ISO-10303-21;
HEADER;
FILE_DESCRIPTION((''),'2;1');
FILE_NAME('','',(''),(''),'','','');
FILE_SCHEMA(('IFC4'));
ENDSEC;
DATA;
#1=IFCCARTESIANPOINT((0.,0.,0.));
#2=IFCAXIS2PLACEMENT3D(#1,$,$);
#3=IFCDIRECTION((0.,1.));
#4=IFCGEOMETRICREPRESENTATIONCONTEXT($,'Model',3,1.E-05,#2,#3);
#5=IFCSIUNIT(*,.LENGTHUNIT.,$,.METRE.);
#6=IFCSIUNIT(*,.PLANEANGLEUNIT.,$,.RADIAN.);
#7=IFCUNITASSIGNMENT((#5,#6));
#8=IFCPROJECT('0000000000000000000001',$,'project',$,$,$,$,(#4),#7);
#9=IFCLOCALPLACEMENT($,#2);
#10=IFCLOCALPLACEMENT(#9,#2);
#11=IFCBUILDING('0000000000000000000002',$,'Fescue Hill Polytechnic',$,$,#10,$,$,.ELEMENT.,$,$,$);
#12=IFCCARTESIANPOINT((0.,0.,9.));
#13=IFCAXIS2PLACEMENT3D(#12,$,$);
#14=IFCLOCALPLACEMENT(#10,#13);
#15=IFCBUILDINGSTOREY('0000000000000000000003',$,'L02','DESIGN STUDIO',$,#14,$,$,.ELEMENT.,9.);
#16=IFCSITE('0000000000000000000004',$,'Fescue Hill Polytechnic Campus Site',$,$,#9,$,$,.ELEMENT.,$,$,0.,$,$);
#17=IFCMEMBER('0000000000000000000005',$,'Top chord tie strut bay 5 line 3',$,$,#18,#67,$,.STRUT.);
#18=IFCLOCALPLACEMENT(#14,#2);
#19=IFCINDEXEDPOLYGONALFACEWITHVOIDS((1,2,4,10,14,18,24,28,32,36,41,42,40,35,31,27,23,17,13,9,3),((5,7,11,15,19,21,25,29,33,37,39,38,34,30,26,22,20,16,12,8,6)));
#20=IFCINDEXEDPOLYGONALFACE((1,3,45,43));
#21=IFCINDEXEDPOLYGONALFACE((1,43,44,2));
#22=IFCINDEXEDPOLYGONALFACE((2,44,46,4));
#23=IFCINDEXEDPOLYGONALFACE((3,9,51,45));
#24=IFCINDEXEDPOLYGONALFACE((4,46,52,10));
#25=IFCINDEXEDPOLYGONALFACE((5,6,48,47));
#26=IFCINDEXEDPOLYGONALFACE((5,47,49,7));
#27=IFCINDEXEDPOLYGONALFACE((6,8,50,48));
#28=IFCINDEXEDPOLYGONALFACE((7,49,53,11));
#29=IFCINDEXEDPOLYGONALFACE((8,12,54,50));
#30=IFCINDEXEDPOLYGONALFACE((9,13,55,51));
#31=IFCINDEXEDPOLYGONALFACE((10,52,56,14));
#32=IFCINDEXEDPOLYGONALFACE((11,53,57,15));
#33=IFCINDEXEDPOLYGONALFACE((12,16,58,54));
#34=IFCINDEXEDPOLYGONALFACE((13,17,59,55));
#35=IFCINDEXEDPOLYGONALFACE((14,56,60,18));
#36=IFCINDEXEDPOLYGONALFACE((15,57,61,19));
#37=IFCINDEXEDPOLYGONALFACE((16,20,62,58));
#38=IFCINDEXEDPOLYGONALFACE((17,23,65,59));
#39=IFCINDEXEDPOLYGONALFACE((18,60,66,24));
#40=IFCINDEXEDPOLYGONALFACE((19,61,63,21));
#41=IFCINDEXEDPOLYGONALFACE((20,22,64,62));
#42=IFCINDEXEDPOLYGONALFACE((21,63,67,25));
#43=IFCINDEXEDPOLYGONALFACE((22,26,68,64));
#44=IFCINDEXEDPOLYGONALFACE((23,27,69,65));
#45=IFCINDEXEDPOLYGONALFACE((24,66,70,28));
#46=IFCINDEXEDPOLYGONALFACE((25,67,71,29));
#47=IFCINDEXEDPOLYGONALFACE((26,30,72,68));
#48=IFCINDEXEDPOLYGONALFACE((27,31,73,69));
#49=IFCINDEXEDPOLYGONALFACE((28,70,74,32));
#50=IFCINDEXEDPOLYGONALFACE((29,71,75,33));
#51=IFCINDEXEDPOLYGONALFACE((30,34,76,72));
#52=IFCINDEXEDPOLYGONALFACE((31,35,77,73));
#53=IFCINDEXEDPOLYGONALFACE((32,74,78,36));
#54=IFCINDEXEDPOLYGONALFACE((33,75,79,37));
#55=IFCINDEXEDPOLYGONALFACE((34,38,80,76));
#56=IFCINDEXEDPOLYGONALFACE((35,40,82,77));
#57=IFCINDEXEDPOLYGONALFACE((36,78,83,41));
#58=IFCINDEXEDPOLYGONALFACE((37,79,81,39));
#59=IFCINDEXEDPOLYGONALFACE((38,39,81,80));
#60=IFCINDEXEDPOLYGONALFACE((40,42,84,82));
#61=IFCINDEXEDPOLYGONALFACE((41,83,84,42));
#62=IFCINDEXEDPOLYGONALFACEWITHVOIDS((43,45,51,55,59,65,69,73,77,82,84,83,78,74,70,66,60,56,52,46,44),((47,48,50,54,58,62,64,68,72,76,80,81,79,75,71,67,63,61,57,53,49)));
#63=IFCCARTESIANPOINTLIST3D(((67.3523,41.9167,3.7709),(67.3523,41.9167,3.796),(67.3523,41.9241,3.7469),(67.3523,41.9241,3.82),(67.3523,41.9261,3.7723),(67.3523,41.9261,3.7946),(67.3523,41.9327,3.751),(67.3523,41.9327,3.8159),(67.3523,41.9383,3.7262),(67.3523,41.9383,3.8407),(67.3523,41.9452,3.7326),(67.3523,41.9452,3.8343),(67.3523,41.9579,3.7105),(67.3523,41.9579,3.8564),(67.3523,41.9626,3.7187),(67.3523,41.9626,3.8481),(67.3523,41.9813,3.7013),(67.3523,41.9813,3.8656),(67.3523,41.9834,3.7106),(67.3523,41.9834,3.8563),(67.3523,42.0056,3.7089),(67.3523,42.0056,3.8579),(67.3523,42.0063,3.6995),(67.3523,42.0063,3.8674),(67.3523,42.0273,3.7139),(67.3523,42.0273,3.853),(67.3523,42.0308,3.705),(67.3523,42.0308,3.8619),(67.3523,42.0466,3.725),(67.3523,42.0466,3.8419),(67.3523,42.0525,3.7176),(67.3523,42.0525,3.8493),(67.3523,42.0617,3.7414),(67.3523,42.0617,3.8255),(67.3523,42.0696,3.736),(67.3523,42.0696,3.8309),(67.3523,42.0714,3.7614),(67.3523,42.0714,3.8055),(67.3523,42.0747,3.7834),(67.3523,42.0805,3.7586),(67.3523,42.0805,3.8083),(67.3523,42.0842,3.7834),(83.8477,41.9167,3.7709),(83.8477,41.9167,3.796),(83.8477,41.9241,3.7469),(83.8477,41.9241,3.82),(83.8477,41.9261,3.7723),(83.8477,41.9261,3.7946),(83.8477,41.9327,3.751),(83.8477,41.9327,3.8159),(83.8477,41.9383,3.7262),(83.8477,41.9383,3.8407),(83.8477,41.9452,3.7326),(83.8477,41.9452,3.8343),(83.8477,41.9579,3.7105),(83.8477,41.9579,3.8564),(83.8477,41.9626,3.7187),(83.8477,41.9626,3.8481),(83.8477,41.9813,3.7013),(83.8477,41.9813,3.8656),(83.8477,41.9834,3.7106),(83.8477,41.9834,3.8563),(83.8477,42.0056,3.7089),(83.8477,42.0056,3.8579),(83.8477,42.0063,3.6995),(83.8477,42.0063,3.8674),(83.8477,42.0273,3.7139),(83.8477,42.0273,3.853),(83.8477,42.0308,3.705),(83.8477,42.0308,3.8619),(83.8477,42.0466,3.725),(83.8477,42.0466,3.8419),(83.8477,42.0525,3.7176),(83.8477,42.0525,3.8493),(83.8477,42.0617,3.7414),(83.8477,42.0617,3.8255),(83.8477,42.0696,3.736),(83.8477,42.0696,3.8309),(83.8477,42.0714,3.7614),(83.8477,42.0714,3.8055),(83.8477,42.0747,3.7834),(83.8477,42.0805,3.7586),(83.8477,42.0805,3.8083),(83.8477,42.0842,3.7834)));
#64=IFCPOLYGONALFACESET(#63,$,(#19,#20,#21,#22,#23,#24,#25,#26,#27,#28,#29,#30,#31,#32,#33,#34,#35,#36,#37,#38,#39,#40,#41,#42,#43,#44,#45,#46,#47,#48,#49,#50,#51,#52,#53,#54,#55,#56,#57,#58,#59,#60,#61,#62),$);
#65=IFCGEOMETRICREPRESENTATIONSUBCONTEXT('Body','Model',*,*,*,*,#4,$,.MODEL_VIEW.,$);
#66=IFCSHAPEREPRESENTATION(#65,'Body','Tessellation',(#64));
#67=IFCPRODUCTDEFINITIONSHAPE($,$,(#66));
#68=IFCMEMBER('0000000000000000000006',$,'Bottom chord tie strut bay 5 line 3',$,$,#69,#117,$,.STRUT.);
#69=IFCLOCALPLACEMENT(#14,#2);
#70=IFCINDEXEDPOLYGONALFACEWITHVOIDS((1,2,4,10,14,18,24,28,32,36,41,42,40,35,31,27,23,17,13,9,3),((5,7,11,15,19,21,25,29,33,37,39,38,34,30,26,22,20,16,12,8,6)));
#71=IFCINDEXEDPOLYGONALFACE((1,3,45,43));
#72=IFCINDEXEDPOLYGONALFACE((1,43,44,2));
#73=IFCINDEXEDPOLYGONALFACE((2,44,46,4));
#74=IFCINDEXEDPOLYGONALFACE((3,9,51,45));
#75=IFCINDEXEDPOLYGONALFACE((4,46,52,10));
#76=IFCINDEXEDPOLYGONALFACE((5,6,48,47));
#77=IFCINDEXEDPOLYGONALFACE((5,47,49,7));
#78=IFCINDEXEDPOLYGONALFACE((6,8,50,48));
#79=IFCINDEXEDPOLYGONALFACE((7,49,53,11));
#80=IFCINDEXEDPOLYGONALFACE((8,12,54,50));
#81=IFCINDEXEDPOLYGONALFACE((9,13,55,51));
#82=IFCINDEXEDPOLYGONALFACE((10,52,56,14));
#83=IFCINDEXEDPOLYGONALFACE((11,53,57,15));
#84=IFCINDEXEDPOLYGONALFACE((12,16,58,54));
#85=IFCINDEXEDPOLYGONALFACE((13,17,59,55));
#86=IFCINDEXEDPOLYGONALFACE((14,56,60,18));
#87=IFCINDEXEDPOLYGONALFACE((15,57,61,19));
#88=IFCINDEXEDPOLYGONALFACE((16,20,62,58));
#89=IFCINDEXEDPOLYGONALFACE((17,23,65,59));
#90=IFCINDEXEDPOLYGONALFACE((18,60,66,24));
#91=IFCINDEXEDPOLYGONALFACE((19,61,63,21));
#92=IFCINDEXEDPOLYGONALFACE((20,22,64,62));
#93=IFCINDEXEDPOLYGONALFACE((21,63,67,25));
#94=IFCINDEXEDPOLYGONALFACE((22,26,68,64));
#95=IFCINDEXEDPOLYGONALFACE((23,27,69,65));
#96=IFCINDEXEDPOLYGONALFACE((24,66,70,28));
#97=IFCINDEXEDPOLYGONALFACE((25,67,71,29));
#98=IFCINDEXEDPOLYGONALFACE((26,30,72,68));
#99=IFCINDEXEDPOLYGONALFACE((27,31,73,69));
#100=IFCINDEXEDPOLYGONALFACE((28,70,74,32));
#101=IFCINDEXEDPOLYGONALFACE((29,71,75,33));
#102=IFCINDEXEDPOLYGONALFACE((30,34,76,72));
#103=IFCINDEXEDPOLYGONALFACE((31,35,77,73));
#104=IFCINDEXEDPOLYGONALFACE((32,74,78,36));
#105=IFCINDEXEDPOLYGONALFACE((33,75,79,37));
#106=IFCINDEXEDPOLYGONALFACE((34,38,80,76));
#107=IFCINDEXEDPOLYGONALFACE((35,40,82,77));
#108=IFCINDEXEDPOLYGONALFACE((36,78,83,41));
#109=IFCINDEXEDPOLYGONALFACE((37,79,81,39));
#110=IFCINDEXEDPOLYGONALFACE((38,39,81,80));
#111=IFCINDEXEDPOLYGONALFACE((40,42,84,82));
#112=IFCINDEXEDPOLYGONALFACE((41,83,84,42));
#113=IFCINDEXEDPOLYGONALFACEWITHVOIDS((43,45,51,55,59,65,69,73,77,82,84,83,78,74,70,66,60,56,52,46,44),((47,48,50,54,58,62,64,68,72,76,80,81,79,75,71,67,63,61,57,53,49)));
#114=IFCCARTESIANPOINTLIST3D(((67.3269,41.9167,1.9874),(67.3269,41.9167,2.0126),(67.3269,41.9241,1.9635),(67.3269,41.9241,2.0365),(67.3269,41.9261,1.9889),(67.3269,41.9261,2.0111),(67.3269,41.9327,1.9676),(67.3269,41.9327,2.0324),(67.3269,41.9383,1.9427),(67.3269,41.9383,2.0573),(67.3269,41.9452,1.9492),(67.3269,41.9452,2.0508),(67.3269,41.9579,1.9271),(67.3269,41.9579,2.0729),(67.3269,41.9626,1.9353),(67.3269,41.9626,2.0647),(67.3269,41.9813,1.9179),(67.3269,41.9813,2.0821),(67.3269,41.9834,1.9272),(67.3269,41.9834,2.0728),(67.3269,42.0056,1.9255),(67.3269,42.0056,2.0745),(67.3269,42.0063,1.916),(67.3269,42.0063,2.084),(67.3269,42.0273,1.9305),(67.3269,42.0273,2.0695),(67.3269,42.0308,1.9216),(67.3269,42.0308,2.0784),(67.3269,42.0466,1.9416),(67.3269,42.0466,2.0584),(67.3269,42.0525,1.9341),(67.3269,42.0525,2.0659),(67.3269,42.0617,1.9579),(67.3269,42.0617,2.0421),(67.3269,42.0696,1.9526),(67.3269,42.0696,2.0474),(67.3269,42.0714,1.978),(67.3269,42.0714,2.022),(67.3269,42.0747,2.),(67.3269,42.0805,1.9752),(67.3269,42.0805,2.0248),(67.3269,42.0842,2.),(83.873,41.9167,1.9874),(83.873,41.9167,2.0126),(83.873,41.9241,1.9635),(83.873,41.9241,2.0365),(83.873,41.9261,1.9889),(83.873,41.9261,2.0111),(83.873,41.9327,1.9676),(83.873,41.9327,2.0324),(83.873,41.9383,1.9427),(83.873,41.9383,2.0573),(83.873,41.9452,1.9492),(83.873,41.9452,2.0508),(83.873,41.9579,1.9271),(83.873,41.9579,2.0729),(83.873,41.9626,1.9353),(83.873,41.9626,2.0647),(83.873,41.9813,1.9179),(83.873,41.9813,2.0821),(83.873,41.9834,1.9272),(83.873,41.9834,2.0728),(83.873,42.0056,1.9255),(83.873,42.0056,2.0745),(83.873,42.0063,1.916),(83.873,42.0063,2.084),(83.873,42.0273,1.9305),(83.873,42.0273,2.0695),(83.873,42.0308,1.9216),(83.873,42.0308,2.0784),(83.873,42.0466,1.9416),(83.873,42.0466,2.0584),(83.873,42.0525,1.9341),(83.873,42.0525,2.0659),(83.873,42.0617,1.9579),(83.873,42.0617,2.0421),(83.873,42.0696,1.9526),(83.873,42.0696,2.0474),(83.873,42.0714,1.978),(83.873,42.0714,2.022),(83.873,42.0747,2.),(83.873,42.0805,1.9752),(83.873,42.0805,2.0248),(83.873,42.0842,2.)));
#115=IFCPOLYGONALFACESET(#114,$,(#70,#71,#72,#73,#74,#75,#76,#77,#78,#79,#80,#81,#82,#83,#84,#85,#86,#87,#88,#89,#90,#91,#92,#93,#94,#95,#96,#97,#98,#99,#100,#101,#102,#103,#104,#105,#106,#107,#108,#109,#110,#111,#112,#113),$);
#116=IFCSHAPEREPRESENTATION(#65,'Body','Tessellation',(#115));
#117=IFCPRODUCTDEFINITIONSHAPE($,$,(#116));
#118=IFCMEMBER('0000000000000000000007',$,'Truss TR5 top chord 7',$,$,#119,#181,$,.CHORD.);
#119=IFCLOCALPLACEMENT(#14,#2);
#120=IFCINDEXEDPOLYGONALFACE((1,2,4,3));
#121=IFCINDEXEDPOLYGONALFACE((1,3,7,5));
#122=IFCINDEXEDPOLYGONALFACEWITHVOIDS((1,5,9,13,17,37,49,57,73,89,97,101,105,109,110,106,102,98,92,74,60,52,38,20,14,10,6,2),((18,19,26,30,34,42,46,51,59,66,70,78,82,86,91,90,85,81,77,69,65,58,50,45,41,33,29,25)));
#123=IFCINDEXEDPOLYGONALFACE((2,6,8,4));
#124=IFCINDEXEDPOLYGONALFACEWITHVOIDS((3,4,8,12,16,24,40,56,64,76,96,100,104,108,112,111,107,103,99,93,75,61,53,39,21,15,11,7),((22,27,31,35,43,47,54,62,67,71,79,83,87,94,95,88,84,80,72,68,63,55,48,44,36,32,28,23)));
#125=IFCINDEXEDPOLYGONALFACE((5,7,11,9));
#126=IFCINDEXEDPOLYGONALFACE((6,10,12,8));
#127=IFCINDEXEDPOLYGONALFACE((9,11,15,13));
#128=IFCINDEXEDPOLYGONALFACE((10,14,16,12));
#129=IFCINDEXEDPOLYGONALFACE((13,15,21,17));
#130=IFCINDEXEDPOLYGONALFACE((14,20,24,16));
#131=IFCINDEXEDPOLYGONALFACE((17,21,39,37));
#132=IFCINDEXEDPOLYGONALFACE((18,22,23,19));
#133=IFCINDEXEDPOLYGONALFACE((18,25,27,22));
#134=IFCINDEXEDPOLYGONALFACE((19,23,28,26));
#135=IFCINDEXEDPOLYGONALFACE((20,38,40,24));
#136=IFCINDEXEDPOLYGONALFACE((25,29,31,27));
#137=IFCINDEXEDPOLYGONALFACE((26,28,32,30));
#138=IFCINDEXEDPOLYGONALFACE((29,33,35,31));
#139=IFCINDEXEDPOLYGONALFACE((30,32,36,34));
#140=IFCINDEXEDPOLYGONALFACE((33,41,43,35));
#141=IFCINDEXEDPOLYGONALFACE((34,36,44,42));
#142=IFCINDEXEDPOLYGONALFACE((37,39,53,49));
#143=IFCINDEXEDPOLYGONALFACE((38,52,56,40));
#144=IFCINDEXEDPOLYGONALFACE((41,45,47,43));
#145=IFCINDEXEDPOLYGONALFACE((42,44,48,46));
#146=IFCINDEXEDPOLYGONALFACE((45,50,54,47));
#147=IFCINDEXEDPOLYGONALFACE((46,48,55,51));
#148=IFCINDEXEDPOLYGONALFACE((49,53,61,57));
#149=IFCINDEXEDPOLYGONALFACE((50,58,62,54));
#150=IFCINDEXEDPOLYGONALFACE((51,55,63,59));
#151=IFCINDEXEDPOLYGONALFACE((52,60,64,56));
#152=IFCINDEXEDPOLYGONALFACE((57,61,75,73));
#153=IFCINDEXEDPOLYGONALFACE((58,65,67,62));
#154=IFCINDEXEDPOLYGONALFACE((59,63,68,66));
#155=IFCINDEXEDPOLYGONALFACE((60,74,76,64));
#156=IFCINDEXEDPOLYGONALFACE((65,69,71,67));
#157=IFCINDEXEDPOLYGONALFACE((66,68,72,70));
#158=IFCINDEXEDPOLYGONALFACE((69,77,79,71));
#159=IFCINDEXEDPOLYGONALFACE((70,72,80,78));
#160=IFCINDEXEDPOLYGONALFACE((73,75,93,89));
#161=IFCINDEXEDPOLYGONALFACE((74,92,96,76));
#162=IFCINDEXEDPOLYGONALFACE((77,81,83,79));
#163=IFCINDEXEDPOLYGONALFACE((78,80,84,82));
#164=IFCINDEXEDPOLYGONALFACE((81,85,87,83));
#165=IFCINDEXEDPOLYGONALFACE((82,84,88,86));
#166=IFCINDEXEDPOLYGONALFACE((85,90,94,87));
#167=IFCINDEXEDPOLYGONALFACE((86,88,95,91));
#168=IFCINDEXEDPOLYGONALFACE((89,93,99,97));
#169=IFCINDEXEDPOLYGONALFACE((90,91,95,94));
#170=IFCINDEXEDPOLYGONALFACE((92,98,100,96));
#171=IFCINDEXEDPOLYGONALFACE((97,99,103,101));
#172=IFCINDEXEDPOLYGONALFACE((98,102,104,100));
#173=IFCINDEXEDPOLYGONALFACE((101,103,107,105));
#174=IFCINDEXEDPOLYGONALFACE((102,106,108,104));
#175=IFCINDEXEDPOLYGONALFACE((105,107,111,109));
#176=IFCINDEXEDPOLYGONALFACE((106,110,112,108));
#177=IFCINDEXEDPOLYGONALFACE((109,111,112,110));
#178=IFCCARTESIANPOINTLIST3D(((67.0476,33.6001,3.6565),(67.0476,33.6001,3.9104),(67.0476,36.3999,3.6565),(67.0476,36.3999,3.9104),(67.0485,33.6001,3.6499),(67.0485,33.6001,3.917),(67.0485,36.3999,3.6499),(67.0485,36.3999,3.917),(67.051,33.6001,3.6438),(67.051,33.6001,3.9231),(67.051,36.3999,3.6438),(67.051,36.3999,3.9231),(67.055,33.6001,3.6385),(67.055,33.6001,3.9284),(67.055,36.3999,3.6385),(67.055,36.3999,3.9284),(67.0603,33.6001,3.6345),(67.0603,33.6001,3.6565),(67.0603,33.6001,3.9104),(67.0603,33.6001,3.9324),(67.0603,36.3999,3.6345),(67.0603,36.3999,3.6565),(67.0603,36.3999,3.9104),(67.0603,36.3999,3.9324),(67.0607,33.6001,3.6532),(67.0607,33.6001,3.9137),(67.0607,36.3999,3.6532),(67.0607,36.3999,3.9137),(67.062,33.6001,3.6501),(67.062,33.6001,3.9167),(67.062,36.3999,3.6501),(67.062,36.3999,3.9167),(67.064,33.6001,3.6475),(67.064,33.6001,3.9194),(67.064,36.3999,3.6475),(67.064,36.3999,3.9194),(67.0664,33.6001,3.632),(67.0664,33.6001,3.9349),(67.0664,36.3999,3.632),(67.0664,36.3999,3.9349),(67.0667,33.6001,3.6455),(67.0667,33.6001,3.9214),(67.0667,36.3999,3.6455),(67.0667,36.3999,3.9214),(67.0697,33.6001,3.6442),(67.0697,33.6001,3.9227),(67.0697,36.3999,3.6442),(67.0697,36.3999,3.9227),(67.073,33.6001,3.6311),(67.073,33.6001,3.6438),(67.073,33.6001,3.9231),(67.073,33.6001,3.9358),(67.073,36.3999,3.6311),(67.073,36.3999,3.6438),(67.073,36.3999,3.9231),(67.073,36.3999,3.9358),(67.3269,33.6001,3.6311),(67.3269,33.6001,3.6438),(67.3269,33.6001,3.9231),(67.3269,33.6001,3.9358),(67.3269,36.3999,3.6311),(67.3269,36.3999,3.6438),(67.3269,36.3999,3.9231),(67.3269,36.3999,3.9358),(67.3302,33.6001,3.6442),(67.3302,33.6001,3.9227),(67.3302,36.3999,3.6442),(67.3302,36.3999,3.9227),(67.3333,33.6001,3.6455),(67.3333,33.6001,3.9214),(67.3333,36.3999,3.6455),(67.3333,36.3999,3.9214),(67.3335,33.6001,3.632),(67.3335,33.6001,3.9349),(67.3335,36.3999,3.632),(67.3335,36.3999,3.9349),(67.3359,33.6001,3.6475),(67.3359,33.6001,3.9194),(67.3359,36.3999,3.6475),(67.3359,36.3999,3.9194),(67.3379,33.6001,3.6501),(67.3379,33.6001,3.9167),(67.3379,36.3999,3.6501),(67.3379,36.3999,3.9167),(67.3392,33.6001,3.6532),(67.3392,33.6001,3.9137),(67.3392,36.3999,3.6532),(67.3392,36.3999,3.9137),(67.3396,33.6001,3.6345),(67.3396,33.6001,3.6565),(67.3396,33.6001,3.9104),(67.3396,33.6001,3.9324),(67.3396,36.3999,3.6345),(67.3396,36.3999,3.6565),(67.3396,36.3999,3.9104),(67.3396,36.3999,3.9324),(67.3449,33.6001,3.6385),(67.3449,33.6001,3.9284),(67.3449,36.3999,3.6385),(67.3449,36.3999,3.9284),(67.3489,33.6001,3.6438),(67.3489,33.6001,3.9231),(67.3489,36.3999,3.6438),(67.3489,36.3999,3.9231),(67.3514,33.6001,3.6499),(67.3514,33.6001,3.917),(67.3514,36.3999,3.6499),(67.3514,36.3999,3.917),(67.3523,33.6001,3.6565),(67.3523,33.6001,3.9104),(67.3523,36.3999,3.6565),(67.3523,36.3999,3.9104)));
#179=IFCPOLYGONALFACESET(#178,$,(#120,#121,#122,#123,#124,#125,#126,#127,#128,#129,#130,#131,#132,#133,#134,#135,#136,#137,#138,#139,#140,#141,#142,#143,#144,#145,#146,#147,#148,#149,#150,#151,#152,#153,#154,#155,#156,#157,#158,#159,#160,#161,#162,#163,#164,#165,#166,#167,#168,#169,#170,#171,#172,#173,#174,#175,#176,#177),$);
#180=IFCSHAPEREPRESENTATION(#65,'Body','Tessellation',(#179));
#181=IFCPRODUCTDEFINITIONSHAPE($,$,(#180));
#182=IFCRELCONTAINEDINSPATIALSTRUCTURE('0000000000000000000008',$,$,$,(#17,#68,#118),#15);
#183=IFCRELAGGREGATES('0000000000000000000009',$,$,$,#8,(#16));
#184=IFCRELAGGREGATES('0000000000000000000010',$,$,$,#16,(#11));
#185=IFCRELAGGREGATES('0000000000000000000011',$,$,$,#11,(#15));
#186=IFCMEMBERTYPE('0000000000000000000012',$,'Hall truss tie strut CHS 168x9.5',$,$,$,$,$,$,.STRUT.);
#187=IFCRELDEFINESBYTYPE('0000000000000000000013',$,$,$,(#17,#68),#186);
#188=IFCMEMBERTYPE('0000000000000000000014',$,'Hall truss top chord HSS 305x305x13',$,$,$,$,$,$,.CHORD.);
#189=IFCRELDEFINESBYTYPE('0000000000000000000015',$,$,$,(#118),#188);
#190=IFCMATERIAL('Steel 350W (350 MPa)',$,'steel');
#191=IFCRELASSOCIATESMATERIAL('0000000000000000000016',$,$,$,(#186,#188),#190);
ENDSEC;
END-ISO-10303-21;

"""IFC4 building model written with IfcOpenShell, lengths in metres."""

from ifc_helpers import new_model, si_unit, direction, frame, origin, origin_2d, place, context, subcontext, project, spatial, hollow_rectangle, hollow_circle, extrude, material, material_profile, profile_set, type_object, element, save


model = new_model("IFC4")

# Units and contexts
model_context = context("Model", 3, precision=1e-05, world=origin(), true_north=direction((0.0, 1.0)))
body_context = subcontext(model_context, "Body", "Model", "MODEL_VIEW")
ifc_project = project(units=[si_unit("LENGTHUNIT", "METRE"), si_unit("PLANEANGLEUNIT", "RADIAN")], contexts=[model_context])

# Site, building, storey
site_placement = place(None, origin())
site = spatial("IfcSite", under=ifc_project, at=site_placement, Name="Fescue Hill Polytechnic Campus Site", CompositionType="ELEMENT", RefElevation=0.0)
building_placement = place(site_placement, origin())
building = spatial("IfcBuilding", under=site, at=building_placement, Name="Fescue Hill Polytechnic", CompositionType="ELEMENT")
storey_placement = place(building_placement, frame((0.0, 0.0, 9.0)))
storey = spatial("IfcBuildingStorey", under=building, at=storey_placement, Name="L02", Description="DESIGN STUDIO", CompositionType="ELEMENT", Elevation=9.0)

# Members
ifc_material = material(Name="Steel 350W (350 MPa)", Category="steel")
ifc_material_profile_1 = material_profile(ifc_material, hollow_circle(Radius=0.0842, WallThickness=0.0095, at=origin_2d()), Name="Hall truss tie strut CHS 168x9.5")
ifc_profile_set_1 = profile_set([ifc_material_profile_1], Name="Steel 350W (350 MPa)")
member_type_1 = type_object("IfcMemberType", Name="Hall truss tie strut CHS 168x9.5", PredefinedType="STRUT", material=ifc_profile_set_1)
member_1_placement = place(storey_placement, frame((67.3523, 42.0, 3.7834), z_axis=(1.0, 0.0, 0.0), x_axis=(0.0, 1.0, 0.0)))
element("IfcMember", 1, at=member_1_placement, inside=storey, type_object=member_type_1, Name="Top chord tie strut bay 5 line 3", PredefinedType="STRUT", context=body_context, shape_type="SweptSolid", body=[
    extrude(hollow_circle(Radius=0.0842, WallThickness=0.0095, at=origin_2d()), origin(), (0.0, 0.0, 1.0), 16.4954),
])
member_2_placement = place(storey_placement, frame((67.3269, 42.0, 2.0), z_axis=(1.0, 0.0, 0.0), x_axis=(0.0, 1.0, 0.0)))
element("IfcMember", 2, at=member_2_placement, inside=storey, type_object=member_type_1, Name="Bottom chord tie strut bay 5 line 3", PredefinedType="STRUT", context=body_context, shape_type="SweptSolid", body=[
    extrude(hollow_circle(Radius=0.0842, WallThickness=0.0095, at=origin_2d()), origin(), (0.0, 0.0, 1.0), 16.5461),
])
ifc_material_profile_2 = material_profile(ifc_material, hollow_rectangle(XDim=0.3047, YDim=0.3047, WallThickness=0.0127, InnerFilletRadius=0.0127, OuterFilletRadius=0.0254, at=origin_2d()), Name="Hall truss top chord HSS 305x305x13")
ifc_profile_set_2 = profile_set([ifc_material_profile_2], Name="Steel 350W (350 MPa)")
member_type_2 = type_object("IfcMemberType", Name="Hall truss top chord HSS 305x305x13", PredefinedType="CHORD", material=ifc_profile_set_2)
member_3_placement = place(storey_placement, frame((67.2, 33.6001, 3.7834), z_axis=(0.0, 1.0, 0.0), x_axis=(-1.0, 0.0, 0.0)))
element("IfcMember", 3, at=member_3_placement, inside=storey, type_object=member_type_2, Name="Truss TR5 top chord 7", PredefinedType="CHORD", context=body_context, shape_type="SweptSolid", body=[
    extrude(hollow_rectangle(XDim=0.3047, YDim=0.3047, WallThickness=0.0127, InnerFilletRadius=0.0127, OuterFilletRadius=0.0254, at=origin_2d()), origin(), (0.0, 0.0, 1.0), 2.7998),
])

save(model, "model.ifc")
